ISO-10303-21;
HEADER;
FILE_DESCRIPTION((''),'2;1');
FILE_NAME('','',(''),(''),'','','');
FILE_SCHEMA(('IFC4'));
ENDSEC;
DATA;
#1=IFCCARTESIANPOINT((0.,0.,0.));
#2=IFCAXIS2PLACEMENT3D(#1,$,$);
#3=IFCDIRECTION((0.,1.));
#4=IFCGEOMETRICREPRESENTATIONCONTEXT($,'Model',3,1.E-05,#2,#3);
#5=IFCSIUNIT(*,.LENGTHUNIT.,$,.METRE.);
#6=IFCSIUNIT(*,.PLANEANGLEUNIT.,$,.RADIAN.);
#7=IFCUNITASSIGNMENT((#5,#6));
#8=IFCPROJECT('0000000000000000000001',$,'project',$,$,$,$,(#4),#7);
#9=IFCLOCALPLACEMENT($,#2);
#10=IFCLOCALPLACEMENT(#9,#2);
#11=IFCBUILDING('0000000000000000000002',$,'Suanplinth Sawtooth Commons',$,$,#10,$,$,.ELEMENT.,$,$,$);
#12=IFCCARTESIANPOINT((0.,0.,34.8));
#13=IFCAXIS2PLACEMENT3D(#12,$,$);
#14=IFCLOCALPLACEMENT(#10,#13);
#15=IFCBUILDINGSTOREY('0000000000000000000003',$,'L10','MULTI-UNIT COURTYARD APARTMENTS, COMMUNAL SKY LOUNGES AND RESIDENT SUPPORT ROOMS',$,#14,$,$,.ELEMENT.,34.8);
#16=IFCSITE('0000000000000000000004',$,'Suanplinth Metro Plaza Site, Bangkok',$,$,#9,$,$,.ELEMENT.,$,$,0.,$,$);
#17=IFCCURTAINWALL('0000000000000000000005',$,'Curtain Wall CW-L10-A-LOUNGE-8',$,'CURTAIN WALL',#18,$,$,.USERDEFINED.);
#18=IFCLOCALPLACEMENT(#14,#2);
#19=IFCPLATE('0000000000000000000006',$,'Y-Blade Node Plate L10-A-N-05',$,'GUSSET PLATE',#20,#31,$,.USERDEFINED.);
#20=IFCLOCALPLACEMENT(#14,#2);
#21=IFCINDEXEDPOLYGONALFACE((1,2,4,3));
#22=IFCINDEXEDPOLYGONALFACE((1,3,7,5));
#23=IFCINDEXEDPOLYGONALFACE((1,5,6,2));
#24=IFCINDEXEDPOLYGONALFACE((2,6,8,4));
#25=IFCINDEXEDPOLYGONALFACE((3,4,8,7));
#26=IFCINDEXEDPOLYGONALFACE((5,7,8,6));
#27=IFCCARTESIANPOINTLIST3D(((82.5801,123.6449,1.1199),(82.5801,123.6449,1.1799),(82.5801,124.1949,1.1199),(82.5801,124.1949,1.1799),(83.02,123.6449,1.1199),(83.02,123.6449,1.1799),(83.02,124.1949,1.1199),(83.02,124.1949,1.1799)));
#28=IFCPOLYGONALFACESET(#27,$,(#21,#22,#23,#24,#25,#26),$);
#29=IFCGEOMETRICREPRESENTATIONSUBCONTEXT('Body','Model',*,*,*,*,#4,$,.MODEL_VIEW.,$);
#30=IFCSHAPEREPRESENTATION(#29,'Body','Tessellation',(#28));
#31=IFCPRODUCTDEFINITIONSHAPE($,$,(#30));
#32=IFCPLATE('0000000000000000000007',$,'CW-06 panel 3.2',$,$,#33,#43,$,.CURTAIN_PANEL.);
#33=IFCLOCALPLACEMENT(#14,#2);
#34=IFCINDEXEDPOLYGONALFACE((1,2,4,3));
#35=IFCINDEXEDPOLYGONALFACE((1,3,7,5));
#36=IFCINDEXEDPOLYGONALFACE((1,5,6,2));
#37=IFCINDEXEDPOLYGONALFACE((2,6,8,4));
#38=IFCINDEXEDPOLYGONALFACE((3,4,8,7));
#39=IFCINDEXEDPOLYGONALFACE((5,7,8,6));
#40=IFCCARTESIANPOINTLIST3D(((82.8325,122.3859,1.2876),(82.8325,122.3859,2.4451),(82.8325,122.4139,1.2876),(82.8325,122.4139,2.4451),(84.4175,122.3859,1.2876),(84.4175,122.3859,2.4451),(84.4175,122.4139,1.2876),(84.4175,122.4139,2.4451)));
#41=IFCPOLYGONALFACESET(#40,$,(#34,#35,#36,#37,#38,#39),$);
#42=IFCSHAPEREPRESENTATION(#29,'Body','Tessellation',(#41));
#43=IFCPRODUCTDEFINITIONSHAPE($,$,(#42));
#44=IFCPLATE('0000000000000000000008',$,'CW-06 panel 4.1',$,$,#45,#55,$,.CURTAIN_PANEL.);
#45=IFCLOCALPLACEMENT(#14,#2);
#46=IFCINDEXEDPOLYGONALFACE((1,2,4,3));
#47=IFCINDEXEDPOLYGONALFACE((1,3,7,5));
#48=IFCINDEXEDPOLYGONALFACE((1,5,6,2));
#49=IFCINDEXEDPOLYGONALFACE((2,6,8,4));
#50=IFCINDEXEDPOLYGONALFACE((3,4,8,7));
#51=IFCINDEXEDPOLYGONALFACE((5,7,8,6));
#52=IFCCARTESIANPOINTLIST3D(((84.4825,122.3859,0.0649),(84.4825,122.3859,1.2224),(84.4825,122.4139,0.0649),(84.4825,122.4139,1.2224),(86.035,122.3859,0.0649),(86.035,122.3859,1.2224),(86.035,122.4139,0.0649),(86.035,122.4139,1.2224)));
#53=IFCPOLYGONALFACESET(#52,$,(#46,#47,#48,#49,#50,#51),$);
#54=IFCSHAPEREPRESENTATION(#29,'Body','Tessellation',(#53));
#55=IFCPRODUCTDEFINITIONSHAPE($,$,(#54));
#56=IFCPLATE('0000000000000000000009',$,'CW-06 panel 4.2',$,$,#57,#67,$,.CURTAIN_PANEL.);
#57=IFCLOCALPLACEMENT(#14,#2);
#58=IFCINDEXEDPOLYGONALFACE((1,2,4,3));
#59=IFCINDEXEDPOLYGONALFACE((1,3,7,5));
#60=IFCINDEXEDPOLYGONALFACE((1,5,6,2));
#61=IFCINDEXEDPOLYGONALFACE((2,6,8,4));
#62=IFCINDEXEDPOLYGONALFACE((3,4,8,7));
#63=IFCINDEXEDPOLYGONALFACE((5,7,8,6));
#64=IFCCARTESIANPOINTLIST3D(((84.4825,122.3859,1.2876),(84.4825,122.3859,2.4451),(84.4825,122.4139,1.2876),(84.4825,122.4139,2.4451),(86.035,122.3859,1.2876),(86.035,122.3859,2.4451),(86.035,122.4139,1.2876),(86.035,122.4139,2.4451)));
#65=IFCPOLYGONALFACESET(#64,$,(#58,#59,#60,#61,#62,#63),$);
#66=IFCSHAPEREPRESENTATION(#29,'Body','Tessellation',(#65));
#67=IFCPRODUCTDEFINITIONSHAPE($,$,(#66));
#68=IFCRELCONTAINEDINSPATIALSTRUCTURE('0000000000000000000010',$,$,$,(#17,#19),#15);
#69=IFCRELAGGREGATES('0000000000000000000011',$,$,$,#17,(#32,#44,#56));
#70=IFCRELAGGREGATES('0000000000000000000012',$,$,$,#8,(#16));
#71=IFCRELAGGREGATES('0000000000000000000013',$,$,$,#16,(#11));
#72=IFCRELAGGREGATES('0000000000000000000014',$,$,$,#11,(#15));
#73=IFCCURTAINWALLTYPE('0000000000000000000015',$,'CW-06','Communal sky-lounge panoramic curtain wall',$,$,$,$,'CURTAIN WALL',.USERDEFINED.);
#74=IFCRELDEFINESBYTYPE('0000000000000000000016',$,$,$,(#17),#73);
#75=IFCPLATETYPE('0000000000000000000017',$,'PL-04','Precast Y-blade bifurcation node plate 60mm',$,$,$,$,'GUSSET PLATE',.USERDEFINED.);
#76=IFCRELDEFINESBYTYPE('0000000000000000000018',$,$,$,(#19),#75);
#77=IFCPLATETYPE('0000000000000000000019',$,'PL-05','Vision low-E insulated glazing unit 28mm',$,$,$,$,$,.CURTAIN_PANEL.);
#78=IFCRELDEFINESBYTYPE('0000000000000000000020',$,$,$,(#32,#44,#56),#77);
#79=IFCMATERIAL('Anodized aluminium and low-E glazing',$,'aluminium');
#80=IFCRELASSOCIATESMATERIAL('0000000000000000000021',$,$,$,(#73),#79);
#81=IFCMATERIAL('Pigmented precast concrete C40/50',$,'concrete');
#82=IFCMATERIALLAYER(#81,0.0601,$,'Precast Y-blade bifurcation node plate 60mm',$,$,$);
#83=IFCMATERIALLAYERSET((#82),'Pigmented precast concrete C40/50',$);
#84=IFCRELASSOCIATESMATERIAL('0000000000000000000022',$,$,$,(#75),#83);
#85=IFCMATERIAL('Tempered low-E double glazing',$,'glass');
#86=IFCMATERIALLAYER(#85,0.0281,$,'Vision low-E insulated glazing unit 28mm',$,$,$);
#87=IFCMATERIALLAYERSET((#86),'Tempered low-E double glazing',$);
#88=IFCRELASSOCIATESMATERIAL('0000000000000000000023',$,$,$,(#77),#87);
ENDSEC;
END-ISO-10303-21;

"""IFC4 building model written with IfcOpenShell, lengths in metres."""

from ifc_helpers import new_model, si_unit, direction, frame, origin, origin_2d, place, context, subcontext, project, spatial, rectangle, extrude, material, layer, layer_set, type_object, element, aggregate, save


model = new_model("IFC4")

# Units and contexts
model_context = context("Model", 3, precision=1e-05, world=origin(), true_north=direction((0.0, 1.0)))
body_context = subcontext(model_context, "Body", "Model", "MODEL_VIEW")
ifc_project = project(units=[si_unit("LENGTHUNIT", "METRE"), si_unit("PLANEANGLEUNIT", "RADIAN")], contexts=[model_context])

# Site, building, storey
site_placement = place(None, origin())
site = spatial("IfcSite", under=ifc_project, at=site_placement, Name="Suanplinth Metro Plaza Site, Bangkok", CompositionType="ELEMENT", RefElevation=0.0)
building_placement = place(site_placement, origin())
building = spatial("IfcBuilding", under=site, at=building_placement, Name="Suanplinth Sawtooth Commons", CompositionType="ELEMENT")
storey_placement = place(building_placement, frame((0.0, 0.0, 34.8)))
storey = spatial("IfcBuildingStorey", under=building, at=storey_placement, Name="L10", Description="MULTI-UNIT COURTYARD APARTMENTS, COMMUNAL SKY LOUNGES AND RESIDENT SUPPORT ROOMS", CompositionType="ELEMENT", Elevation=34.8)

# Shared definitions
ifc_material_1 = material(Name="Pigmented precast concrete C40/50", Category="concrete")

# Curtain wall
ifc_material_2 = material(Name="Anodized aluminium and low-E glazing", Category="aluminium")
curtain_wall_type = type_object("IfcCurtainWallType", Name="CW-06", Description="Communal sky-lounge panoramic curtain wall", ElementType="CURTAIN WALL", PredefinedType="USERDEFINED", material=ifc_material_2)
curtain_wall_placement = place(storey_placement, origin())
curtain_wall = element("IfcCurtainWall", 1, at=curtain_wall_placement, inside=storey, type_object=curtain_wall_type, Name="Curtain Wall CW-L10-A-LOUNGE-8", ObjectType="CURTAIN WALL", PredefinedType="USERDEFINED")

# Plates
ifc_layer_1 = layer(ifc_material_1, 0.0601, Name="Precast Y-blade bifurcation node plate 60mm")
ifc_layer_set_1 = layer_set([ifc_layer_1], Name="Pigmented precast concrete C40/50")
plate_type_1 = type_object("IfcPlateType", Name="PL-04", Description="Precast Y-blade bifurcation node plate 60mm", ElementType="GUSSET PLATE", PredefinedType="USERDEFINED", material=ifc_layer_set_1)
plate_1_placement = place(storey_placement, frame((82.8, 123.9199, 1.1199), z_axis=(0.0, 0.0, 1.0), x_axis=(1.0, 0.0, 0.0)))
element("IfcPlate", 2, at=plate_1_placement, inside=storey, type_object=plate_type_1, Name="Y-Blade Node Plate L10-A-N-05", ObjectType="GUSSET PLATE", PredefinedType="USERDEFINED", context=body_context, shape_type="SweptSolid", body=[
    extrude(rectangle(XDim=0.4399, YDim=0.55, at=origin_2d()), origin(), (0.0, 0.0, 1.0), 0.0601),
])
ifc_material_3 = material(Name="Tempered low-E double glazing", Category="glass")
ifc_layer_2 = layer(ifc_material_3, 0.0281, Name="Vision low-E insulated glazing unit 28mm")
ifc_layer_set_2 = layer_set([ifc_layer_2], Name="Tempered low-E double glazing")
plate_type_2 = type_object("IfcPlateType", Name="PL-05", Description="Vision low-E insulated glazing unit 28mm", PredefinedType="CURTAIN_PANEL", material=ifc_layer_set_2)
plate_2_placement = place(storey_placement, frame((83.625, 122.3999, 1.2876), z_axis=(0.0, 0.0, 1.0), x_axis=(1.0, 0.0, 0.0)))
plate_2 = element("IfcPlate", 3, at=plate_2_placement, type_object=plate_type_2, Name="CW-06 panel 3.2", PredefinedType="CURTAIN_PANEL", context=body_context, shape_type="SweptSolid", body=[
    extrude(rectangle(XDim=1.585, YDim=0.0281, at=origin_2d()), origin(), (0.0, 0.0, 1.0), 1.1575),
])
plate_3_placement = place(storey_placement, frame((85.2588, 122.3999, 0.0649), z_axis=(0.0, 0.0, 1.0), x_axis=(1.0, 0.0, 0.0)))
plate_3 = element("IfcPlate", 4, at=plate_3_placement, type_object=plate_type_2, Name="CW-06 panel 4.1", PredefinedType="CURTAIN_PANEL", context=body_context, shape_type="SweptSolid", body=[
    extrude(rectangle(XDim=1.5525, YDim=0.0281, at=origin_2d()), origin(), (0.0, 0.0, 1.0), 1.1575),
])
plate_4_placement = place(storey_placement, frame((85.2588, 122.3999, 1.2876), z_axis=(0.0, 0.0, 1.0), x_axis=(1.0, 0.0, 0.0)))
plate_4 = element("IfcPlate", 5, at=plate_4_placement, type_object=plate_type_2, Name="CW-06 panel 4.2", PredefinedType="CURTAIN_PANEL", context=body_context, shape_type="SweptSolid", body=[
    extrude(rectangle(XDim=1.5525, YDim=0.0281, at=origin_2d()), origin(), (0.0, 0.0, 1.0), 1.1575),
])
aggregate(curtain_wall, [plate_2, plate_3, plate_4])

save(model, "model.ifc")
